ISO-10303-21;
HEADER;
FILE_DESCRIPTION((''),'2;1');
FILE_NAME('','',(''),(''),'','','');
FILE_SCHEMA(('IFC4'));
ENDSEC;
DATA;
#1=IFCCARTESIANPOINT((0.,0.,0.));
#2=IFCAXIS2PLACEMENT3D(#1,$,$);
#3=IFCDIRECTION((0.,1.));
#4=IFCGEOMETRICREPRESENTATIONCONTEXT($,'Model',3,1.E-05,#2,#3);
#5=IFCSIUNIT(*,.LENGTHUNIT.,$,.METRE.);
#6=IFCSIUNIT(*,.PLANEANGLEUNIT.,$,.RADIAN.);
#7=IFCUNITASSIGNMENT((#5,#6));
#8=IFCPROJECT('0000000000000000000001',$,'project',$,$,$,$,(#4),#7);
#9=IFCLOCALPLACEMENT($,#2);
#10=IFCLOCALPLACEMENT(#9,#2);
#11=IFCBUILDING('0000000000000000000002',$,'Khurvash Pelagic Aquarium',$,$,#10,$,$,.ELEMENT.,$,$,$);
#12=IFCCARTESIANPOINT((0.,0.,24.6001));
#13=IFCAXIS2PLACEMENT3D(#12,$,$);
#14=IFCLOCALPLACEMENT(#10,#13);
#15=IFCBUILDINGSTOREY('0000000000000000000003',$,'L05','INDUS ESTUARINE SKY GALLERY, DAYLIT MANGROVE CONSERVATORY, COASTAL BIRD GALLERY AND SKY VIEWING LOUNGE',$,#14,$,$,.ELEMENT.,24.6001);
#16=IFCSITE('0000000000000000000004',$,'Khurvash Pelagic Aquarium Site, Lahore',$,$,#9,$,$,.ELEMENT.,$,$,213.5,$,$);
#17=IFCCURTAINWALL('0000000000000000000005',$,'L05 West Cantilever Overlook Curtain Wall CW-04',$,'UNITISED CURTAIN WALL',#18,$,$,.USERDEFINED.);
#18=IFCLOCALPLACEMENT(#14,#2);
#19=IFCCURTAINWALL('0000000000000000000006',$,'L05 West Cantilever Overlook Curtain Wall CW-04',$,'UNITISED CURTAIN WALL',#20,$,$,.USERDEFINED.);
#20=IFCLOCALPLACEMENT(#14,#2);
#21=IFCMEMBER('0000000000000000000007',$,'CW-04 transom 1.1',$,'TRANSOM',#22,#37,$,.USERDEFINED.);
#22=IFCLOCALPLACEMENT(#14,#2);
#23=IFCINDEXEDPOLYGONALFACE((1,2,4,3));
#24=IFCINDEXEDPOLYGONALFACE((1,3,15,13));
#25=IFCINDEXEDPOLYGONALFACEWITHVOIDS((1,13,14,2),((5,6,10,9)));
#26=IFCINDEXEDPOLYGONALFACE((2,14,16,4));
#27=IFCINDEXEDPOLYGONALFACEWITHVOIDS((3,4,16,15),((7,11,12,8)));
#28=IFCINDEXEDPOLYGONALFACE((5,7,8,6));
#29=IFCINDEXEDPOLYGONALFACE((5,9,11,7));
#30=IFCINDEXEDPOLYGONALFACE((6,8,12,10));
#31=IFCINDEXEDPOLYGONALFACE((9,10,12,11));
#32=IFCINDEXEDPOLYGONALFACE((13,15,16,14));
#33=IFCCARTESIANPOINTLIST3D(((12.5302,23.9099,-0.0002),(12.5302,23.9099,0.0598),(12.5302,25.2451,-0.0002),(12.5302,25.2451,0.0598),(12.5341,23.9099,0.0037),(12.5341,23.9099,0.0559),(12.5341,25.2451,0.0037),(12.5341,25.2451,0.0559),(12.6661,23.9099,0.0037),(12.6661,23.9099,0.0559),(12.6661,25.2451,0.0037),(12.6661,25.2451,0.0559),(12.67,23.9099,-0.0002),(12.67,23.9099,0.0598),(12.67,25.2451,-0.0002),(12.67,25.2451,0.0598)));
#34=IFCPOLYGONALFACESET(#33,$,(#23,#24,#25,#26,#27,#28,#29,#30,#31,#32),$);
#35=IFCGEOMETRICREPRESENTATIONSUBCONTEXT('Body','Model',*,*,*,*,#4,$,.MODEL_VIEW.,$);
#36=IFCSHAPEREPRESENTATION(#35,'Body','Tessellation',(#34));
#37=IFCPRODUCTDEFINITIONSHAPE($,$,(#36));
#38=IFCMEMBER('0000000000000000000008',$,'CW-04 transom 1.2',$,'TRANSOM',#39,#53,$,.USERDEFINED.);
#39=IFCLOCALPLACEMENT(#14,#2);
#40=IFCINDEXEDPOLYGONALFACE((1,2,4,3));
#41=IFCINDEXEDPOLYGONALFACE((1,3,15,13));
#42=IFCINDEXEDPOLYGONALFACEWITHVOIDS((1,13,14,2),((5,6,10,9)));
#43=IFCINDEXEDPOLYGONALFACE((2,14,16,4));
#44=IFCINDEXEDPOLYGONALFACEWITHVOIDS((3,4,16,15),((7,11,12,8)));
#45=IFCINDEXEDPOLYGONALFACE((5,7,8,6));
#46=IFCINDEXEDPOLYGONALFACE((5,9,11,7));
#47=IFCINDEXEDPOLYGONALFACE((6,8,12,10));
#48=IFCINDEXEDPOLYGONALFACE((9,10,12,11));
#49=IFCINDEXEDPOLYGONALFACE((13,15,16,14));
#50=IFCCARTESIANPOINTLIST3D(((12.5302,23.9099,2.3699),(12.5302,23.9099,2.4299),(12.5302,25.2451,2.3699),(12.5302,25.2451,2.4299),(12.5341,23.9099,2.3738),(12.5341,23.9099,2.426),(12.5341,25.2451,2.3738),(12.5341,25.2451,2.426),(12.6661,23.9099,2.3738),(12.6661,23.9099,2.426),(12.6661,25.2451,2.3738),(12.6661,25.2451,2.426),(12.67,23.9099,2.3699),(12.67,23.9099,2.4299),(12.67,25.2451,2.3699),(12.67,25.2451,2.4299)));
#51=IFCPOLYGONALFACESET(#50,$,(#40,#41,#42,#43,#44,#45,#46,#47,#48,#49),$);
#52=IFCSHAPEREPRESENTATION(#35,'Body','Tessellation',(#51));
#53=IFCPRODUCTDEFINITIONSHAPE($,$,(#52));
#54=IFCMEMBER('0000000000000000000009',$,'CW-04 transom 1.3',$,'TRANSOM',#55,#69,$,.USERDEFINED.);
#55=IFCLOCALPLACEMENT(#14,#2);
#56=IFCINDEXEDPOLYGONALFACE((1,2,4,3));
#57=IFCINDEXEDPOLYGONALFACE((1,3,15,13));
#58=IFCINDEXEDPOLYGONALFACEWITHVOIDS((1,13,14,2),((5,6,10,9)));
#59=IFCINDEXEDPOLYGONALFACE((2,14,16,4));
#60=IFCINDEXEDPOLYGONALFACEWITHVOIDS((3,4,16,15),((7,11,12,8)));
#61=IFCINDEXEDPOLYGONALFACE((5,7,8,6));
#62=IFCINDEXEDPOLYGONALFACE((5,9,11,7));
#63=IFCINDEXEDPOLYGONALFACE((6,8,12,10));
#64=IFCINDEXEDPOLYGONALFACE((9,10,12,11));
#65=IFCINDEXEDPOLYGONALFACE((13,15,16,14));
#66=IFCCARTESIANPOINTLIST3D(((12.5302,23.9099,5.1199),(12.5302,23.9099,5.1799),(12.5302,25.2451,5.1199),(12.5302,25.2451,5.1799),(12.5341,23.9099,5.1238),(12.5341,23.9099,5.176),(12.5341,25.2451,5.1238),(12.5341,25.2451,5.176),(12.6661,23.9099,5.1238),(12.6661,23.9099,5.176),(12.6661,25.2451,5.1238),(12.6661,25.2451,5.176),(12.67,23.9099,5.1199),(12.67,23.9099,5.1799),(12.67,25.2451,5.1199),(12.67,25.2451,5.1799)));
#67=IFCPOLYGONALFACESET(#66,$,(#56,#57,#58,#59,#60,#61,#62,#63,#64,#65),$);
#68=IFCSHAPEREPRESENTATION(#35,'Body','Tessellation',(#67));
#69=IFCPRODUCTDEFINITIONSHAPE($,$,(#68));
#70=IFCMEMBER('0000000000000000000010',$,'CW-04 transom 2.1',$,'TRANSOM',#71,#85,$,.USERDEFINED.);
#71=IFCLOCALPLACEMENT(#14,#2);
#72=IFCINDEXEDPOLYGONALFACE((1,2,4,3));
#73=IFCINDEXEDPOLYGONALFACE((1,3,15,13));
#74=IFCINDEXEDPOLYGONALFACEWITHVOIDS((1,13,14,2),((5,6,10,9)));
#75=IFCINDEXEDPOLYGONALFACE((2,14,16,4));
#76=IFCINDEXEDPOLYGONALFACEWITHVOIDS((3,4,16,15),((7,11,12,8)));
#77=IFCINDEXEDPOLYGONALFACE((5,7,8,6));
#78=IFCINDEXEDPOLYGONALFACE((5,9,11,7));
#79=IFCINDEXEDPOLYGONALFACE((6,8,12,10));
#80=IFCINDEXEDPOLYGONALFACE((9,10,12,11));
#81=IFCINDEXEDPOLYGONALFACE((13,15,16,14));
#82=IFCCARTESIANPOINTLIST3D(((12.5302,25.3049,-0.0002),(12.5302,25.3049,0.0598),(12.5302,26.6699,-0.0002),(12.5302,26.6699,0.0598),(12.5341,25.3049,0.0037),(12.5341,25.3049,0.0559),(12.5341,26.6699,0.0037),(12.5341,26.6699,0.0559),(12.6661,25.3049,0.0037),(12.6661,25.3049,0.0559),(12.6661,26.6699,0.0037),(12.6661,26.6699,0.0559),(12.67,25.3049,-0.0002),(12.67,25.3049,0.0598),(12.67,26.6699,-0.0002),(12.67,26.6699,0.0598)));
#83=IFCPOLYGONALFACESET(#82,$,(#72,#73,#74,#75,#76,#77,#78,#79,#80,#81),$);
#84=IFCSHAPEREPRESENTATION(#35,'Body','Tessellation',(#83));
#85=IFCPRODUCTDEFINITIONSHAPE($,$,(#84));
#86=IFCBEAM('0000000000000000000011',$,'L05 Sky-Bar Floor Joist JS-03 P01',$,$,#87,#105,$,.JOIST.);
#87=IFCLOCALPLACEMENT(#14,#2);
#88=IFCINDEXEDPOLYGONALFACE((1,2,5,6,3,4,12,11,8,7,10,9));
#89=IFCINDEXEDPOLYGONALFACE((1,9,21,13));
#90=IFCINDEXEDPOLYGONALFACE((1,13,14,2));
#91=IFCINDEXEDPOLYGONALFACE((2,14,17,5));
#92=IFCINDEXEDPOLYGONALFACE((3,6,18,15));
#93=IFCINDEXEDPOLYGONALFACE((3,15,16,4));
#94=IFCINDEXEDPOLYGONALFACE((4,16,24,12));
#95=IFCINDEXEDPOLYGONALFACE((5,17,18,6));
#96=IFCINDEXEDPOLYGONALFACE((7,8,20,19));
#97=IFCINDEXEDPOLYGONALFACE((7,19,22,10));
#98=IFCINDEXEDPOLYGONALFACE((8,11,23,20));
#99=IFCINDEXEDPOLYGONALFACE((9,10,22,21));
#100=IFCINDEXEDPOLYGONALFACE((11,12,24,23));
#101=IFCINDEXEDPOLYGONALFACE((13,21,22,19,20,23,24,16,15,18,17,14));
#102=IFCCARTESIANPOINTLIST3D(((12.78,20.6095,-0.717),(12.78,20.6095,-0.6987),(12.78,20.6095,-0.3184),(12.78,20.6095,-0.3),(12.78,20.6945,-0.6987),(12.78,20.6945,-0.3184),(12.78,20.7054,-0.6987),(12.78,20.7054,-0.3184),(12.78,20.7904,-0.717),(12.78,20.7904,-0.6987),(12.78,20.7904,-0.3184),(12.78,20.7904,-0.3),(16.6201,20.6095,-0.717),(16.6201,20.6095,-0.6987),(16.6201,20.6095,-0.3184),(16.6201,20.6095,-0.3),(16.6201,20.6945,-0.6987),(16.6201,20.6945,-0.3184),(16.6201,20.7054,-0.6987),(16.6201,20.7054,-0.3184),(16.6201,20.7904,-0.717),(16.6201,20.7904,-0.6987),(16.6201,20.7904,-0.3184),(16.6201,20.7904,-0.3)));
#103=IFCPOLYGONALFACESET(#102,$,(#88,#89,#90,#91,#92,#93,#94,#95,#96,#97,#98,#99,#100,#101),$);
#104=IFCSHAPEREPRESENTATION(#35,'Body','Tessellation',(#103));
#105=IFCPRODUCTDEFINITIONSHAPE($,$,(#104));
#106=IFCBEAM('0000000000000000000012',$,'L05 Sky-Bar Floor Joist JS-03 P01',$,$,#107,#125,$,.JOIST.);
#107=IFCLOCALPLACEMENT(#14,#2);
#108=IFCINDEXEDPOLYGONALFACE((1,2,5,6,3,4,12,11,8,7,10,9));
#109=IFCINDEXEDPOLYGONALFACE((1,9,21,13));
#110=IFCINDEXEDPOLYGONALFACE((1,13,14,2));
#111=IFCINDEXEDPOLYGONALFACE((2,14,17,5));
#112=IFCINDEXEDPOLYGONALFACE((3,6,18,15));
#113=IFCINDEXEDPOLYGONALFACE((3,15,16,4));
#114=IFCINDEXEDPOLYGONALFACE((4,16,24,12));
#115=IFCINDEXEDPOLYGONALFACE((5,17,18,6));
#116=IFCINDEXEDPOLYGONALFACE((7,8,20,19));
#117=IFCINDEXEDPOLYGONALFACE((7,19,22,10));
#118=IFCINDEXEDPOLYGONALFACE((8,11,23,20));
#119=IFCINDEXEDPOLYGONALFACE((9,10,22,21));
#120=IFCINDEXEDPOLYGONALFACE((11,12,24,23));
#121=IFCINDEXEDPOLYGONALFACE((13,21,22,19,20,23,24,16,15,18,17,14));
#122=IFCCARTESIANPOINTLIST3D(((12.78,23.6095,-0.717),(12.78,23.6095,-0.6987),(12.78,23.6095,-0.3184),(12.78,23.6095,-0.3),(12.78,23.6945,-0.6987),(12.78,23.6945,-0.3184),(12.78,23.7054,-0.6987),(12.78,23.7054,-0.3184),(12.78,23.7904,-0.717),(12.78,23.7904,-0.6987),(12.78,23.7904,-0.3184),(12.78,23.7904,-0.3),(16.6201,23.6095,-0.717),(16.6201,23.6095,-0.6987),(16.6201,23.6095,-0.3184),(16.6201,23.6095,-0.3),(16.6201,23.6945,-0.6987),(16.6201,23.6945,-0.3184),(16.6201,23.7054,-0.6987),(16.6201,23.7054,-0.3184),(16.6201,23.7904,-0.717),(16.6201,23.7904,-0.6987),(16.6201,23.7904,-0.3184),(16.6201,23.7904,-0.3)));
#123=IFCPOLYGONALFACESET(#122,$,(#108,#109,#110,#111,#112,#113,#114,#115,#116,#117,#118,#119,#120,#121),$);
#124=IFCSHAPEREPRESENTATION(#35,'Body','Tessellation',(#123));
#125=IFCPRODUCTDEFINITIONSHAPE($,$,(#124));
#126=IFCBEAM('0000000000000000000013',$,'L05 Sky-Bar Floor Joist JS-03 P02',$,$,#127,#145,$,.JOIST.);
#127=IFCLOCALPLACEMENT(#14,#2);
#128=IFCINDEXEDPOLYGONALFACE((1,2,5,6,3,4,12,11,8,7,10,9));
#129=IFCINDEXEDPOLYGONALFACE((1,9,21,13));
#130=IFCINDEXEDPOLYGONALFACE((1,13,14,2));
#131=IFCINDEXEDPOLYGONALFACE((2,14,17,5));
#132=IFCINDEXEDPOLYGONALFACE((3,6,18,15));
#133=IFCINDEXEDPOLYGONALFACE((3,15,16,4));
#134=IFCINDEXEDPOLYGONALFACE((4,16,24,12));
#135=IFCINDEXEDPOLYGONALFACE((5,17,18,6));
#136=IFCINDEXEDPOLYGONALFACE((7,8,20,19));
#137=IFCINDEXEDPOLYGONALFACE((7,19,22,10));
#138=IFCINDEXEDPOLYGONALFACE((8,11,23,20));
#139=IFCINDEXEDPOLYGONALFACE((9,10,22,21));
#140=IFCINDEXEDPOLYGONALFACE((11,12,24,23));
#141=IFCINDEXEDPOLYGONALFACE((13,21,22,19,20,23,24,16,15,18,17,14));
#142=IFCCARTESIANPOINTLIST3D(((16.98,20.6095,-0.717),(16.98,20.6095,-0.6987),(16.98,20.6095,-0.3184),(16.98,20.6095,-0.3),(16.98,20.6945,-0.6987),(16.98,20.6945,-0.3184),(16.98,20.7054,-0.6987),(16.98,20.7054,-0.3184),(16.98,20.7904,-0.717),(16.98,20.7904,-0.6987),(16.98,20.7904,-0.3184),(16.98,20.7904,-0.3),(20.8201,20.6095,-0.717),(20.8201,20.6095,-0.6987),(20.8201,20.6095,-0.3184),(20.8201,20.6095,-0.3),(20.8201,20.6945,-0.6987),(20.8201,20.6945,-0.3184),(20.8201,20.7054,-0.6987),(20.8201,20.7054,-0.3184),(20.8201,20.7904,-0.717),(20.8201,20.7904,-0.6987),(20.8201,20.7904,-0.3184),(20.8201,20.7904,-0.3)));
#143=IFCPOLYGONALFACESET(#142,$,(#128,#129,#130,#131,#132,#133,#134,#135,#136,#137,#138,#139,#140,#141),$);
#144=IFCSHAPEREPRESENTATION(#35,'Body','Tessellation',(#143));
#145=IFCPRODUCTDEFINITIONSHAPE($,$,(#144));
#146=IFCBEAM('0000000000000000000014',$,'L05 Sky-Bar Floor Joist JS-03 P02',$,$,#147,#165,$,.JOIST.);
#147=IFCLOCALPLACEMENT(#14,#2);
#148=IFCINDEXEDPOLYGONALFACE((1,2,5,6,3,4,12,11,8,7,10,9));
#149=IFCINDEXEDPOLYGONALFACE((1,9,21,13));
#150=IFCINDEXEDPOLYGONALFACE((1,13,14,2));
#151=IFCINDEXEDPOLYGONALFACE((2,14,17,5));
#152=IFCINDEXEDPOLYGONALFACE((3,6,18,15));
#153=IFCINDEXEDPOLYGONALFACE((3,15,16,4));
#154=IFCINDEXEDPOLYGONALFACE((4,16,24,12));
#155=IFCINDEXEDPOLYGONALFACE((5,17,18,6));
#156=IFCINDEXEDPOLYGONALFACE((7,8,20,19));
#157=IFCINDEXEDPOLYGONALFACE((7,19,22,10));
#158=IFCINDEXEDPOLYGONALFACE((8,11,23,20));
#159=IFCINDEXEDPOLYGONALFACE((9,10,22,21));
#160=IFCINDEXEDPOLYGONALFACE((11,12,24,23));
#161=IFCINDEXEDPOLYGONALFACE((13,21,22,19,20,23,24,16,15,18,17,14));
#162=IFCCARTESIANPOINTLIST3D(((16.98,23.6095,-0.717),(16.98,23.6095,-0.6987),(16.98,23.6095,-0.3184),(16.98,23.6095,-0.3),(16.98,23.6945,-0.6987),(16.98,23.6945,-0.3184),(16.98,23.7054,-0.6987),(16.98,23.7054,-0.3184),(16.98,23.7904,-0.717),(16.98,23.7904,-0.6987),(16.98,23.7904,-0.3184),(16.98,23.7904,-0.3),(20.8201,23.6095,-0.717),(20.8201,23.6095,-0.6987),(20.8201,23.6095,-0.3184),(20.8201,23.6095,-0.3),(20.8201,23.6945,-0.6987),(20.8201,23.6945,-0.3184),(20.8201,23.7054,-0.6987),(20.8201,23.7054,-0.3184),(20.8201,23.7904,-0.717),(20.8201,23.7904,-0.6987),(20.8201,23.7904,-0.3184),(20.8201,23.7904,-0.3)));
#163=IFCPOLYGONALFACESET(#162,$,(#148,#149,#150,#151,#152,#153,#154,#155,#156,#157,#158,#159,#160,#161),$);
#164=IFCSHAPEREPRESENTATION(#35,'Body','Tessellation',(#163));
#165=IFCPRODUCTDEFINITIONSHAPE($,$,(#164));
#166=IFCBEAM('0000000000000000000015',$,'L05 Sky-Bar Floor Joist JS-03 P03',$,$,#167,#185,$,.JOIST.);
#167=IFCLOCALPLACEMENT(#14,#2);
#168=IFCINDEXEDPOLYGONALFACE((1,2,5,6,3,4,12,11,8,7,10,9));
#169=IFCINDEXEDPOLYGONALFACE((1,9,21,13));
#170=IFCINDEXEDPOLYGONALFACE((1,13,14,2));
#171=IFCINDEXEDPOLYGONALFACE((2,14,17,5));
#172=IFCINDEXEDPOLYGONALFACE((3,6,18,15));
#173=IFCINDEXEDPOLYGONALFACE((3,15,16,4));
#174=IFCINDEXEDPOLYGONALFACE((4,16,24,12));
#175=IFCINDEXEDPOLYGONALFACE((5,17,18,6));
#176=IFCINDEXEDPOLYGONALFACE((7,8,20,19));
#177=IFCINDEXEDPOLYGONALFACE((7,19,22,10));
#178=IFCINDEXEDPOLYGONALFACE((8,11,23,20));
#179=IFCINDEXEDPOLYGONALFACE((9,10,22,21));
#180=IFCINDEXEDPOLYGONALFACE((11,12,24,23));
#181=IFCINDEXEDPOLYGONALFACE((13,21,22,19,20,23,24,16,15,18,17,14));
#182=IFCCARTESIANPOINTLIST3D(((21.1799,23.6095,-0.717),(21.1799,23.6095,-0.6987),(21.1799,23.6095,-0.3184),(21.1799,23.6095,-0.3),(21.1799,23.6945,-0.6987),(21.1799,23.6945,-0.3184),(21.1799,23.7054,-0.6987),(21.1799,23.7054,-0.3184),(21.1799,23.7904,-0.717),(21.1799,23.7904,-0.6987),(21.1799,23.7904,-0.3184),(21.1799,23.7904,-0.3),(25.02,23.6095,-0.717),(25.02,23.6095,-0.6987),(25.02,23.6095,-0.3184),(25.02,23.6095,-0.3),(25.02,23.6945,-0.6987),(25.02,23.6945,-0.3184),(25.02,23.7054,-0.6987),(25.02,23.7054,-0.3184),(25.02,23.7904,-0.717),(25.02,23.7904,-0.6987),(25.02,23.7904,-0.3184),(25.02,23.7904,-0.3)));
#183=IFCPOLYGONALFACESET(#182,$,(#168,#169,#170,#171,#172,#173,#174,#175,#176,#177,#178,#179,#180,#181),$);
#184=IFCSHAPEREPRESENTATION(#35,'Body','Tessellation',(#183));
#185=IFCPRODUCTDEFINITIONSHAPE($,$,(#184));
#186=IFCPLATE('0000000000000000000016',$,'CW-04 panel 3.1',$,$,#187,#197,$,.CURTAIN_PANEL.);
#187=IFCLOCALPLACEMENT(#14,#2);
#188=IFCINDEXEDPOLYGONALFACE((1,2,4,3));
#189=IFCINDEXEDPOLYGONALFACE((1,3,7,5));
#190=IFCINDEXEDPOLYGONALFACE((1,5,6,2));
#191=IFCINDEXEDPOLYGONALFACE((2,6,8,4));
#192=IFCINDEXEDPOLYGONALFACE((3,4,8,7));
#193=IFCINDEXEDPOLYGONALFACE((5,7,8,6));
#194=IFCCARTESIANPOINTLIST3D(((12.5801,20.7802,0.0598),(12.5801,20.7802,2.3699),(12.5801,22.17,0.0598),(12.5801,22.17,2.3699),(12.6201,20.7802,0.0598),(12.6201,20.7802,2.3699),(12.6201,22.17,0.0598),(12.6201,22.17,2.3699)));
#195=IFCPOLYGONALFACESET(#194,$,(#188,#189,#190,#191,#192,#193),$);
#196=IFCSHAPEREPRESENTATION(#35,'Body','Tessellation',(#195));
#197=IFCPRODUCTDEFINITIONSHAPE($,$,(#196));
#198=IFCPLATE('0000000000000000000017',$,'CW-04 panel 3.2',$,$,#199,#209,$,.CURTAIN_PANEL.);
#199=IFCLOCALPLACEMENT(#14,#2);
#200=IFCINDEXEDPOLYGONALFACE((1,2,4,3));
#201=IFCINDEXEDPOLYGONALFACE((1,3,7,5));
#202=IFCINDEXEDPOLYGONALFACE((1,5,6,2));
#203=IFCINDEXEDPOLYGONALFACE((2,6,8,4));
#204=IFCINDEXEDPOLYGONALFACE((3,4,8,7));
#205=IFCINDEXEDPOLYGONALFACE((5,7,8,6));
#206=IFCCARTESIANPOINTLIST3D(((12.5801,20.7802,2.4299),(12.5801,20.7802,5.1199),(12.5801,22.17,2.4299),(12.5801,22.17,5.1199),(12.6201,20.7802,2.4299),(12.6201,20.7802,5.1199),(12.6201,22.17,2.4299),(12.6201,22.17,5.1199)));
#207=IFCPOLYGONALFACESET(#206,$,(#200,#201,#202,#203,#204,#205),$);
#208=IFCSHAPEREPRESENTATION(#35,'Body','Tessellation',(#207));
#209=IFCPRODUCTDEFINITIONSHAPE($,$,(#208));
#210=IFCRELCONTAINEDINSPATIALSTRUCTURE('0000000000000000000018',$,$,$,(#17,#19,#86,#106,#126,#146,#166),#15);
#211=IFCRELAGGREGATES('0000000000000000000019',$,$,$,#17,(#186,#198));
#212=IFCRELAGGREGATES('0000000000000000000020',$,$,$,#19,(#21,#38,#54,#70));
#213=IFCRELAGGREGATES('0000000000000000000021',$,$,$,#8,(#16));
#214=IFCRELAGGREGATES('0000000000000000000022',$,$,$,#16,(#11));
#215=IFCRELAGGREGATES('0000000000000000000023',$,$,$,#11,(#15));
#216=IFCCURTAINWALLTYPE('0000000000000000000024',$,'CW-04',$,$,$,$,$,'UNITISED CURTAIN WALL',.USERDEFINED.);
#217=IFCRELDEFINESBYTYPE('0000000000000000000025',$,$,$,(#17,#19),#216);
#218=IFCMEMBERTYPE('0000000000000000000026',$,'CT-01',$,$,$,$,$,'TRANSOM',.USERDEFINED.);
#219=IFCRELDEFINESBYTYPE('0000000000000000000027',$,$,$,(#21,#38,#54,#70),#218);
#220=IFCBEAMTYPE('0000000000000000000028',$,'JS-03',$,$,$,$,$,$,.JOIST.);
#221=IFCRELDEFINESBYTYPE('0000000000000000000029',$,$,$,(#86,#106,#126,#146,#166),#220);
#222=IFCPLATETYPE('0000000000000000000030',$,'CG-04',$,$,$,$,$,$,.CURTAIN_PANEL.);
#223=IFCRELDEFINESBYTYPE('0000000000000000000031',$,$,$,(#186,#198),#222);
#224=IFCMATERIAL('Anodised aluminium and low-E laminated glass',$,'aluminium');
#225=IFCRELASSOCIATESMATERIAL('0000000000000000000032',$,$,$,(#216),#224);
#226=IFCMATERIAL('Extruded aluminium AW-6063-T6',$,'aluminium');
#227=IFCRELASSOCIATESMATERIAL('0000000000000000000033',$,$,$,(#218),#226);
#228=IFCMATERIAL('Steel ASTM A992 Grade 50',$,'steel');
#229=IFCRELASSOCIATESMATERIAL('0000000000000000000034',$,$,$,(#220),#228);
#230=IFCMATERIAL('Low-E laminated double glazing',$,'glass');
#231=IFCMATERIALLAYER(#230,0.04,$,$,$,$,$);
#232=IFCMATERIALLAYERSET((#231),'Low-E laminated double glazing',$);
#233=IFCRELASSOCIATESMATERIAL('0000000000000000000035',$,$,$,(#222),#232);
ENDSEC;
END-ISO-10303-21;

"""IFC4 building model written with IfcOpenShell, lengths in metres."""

from ifc_helpers import new_model, si_unit, direction, frame, origin, origin_2d, place, context, subcontext, project, spatial, rectangle, hollow_rectangle, i_section, extrude, material, layer, layer_set, material_profile, profile_set, type_object, element, aggregate, save


model = new_model("IFC4")

# Units and contexts
model_context = context("Model", 3, precision=1e-05, world=origin(), true_north=direction((0.0, 1.0)))
body_context = subcontext(model_context, "Body", "Model", "MODEL_VIEW")
ifc_project = project(units=[si_unit("LENGTHUNIT", "METRE"), si_unit("PLANEANGLEUNIT", "RADIAN")], contexts=[model_context])

# Site, building, storey
site_placement = place(None, origin())
site = spatial("IfcSite", under=ifc_project, at=site_placement, Name="Khurvash Pelagic Aquarium Site, Lahore", CompositionType="ELEMENT", RefElevation=213.5)
building_placement = place(site_placement, origin())
building = spatial("IfcBuilding", under=site, at=building_placement, Name="Khurvash Pelagic Aquarium", CompositionType="ELEMENT")
storey_placement = place(building_placement, frame((0.0, 0.0, 24.6001)))
storey = spatial("IfcBuildingStorey", under=building, at=storey_placement, Name="L05", Description="INDUS ESTUARINE SKY GALLERY, DAYLIT MANGROVE CONSERVATORY, COASTAL BIRD GALLERY AND SKY VIEWING LOUNGE", CompositionType="ELEMENT", Elevation=24.6001)

# Curtain walls
ifc_material_1 = material(Name="Anodised aluminium and low-E laminated glass", Category="aluminium")
curtain_wall_type = type_object("IfcCurtainWallType", Name="CW-04", ElementType="UNITISED CURTAIN WALL", PredefinedType="USERDEFINED", material=ifc_material_1)
curtain_wall_1_placement = place(storey_placement, origin())
curtain_wall_1 = element("IfcCurtainWall", 1, at=curtain_wall_1_placement, inside=storey, type_object=curtain_wall_type, Name="L05 West Cantilever Overlook Curtain Wall CW-04", ObjectType="UNITISED CURTAIN WALL", PredefinedType="USERDEFINED")
ifc_material_2 = material(Name="Extruded aluminium AW-6063-T6", Category="aluminium")
curtain_wall_2_placement = place(storey_placement, origin())
curtain_wall_2 = element("IfcCurtainWall", 2, at=curtain_wall_2_placement, inside=storey, type_object=curtain_wall_type, Name="L05 West Cantilever Overlook Curtain Wall CW-04", ObjectType="UNITISED CURTAIN WALL", PredefinedType="USERDEFINED")

# Members
ifc_material_profile_1 = material_profile(ifc_material_2, hollow_rectangle(XDim=0.1399, YDim=0.0601, WallThickness=0.0039, at=origin_2d()), Name="CWT140X60X4")
ifc_profile_set_1 = profile_set([ifc_material_profile_1], Name="Extruded aluminium AW-6063-T6")
member_type_1 = type_object("IfcMemberType", Name="CT-01", ElementType="TRANSOM", PredefinedType="USERDEFINED", material=ifc_profile_set_1)
member_1_placement = place(storey_placement, frame((12.6001, 23.9099, 0.0298), z_axis=(0.0, 1.0, 0.0), x_axis=(-1.0, 0.0, 0.0)))
member_1 = element("IfcMember", 3, at=member_1_placement, type_object=member_type_1, Name="CW-04 transom 1.1", ObjectType="TRANSOM", PredefinedType="USERDEFINED", context=body_context, shape_type="SweptSolid", body=[
    extrude(hollow_rectangle(XDim=0.1399, YDim=0.0601, WallThickness=0.0039, at=origin_2d()), origin(), (0.0, 0.0, 1.0), 1.3352),
])
member_2_placement = place(storey_placement, frame((12.6001, 23.9099, 2.3999), z_axis=(0.0, 1.0, 0.0), x_axis=(-1.0, 0.0, 0.0)))
member_2 = element("IfcMember", 4, at=member_2_placement, type_object=member_type_1, Name="CW-04 transom 1.2", ObjectType="TRANSOM", PredefinedType="USERDEFINED", context=body_context, shape_type="SweptSolid", body=[
    extrude(hollow_rectangle(XDim=0.1399, YDim=0.0601, WallThickness=0.0039, at=origin_2d()), origin(), (0.0, 0.0, 1.0), 1.3352),
])
member_3_placement = place(storey_placement, frame((12.6001, 23.9099, 5.1499), z_axis=(0.0, 1.0, 0.0), x_axis=(-1.0, 0.0, 0.0)))
member_3 = element("IfcMember", 5, at=member_3_placement, type_object=member_type_1, Name="CW-04 transom 1.3", ObjectType="TRANSOM", PredefinedType="USERDEFINED", context=body_context, shape_type="SweptSolid", body=[
    extrude(hollow_rectangle(XDim=0.1399, YDim=0.0601, WallThickness=0.0039, at=origin_2d()), origin(), (0.0, 0.0, 1.0), 1.3352),
])
member_4_placement = place(storey_placement, frame((12.6001, 25.3049, 0.0298), z_axis=(0.0, 1.0, 0.0), x_axis=(-1.0, 0.0, 0.0)))
member_4 = element("IfcMember", 6, at=member_4_placement, type_object=member_type_1, Name="CW-04 transom 2.1", ObjectType="TRANSOM", PredefinedType="USERDEFINED", context=body_context, shape_type="SweptSolid", body=[
    extrude(hollow_rectangle(XDim=0.1399, YDim=0.0601, WallThickness=0.0039, at=origin_2d()), origin(), (0.0, 0.0, 1.0), 1.365),
])

# Beams
ifc_material_3 = material(Name="Steel ASTM A992 Grade 50", Category="steel")
ifc_material_profile_2 = material_profile(ifc_material_3, i_section(OverallWidth=0.1809, OverallDepth=0.417, WebThickness=0.011, FlangeThickness=0.0183, at=origin_2d()), Name="W16X57")
ifc_profile_set_2 = profile_set([ifc_material_profile_2], Name="Steel ASTM A992 Grade 50")
beam_type = type_object("IfcBeamType", Name="JS-03", PredefinedType="JOIST", material=ifc_profile_set_2)
for number, where, z_axis, x_axis, name in (
    (7, (12.78, 20.7, -0.5085), (1.0, 0.0, 0.0), (0.0, 1.0, 0.0), "L05 Sky-Bar Floor Joist JS-03 P01"),
    (8, (12.78, 23.7, -0.5085), (1.0, 0.0, 0.0), (0.0, 1.0, 0.0), "L05 Sky-Bar Floor Joist JS-03 P01"),
    (9, (16.98, 20.7, -0.5085), (1.0, 0.0, 0.0), (0.0, 1.0, 0.0), "L05 Sky-Bar Floor Joist JS-03 P02"),
    (10, (16.98, 23.7, -0.5085), (1.0, 0.0, 0.0), (0.0, 1.0, 0.0), "L05 Sky-Bar Floor Joist JS-03 P02"),
    (11, (21.1799, 23.7, -0.5085), (1.0, 0.0, 0.0), (0.0, 1.0, 0.0), "L05 Sky-Bar Floor Joist JS-03 P03"),
):
    element("IfcBeam", number, at=place(storey_placement, frame(where, z_axis=z_axis, x_axis=x_axis)), inside=storey, type_object=beam_type, Name=name, PredefinedType="JOIST", context=body_context, shape_type="SweptSolid", body=[
        extrude(i_section(OverallWidth=0.1809, OverallDepth=0.417, WebThickness=0.011, FlangeThickness=0.0183, at=origin_2d()), origin(), (0.0, 0.0, 1.0), 3.8401),
    ])

# Plates
ifc_material_4 = material(Name="Low-E laminated double glazing", Category="glass")
ifc_layer = layer(ifc_material_4, 0.04)
ifc_layer_set = layer_set([ifc_layer], Name="Low-E laminated double glazing")
plate_type = type_object("IfcPlateType", Name="CG-04", PredefinedType="CURTAIN_PANEL", material=ifc_layer_set)
plate_1_placement = place(storey_placement, frame((12.6001, 21.4751, 0.0598), z_axis=(0.0, 0.0, 1.0), x_axis=(0.0, 1.0, 0.0)))
plate_1 = element("IfcPlate", 12, at=plate_1_placement, type_object=plate_type, Name="CW-04 panel 3.1", PredefinedType="CURTAIN_PANEL", context=body_context, shape_type="SweptSolid", body=[
    extrude(rectangle(XDim=1.3899, YDim=0.04, at=origin_2d()), origin(), (0.0, 0.0, 1.0), 2.3101),
])
plate_2_placement = place(storey_placement, frame((12.6001, 21.4751, 2.4299), z_axis=(0.0, 0.0, 1.0), x_axis=(0.0, 1.0, 0.0)))
plate_2 = element("IfcPlate", 13, at=plate_2_placement, type_object=plate_type, Name="CW-04 panel 3.2", PredefinedType="CURTAIN_PANEL", context=body_context, shape_type="SweptSolid", body=[
    extrude(rectangle(XDim=1.3899, YDim=0.04, at=origin_2d()), origin(), (0.0, 0.0, 1.0), 2.6899),
])
aggregate(curtain_wall_1, [plate_1, plate_2])
aggregate(curtain_wall_2, [member_1, member_2, member_3, member_4])

save(model, "model.ifc")
